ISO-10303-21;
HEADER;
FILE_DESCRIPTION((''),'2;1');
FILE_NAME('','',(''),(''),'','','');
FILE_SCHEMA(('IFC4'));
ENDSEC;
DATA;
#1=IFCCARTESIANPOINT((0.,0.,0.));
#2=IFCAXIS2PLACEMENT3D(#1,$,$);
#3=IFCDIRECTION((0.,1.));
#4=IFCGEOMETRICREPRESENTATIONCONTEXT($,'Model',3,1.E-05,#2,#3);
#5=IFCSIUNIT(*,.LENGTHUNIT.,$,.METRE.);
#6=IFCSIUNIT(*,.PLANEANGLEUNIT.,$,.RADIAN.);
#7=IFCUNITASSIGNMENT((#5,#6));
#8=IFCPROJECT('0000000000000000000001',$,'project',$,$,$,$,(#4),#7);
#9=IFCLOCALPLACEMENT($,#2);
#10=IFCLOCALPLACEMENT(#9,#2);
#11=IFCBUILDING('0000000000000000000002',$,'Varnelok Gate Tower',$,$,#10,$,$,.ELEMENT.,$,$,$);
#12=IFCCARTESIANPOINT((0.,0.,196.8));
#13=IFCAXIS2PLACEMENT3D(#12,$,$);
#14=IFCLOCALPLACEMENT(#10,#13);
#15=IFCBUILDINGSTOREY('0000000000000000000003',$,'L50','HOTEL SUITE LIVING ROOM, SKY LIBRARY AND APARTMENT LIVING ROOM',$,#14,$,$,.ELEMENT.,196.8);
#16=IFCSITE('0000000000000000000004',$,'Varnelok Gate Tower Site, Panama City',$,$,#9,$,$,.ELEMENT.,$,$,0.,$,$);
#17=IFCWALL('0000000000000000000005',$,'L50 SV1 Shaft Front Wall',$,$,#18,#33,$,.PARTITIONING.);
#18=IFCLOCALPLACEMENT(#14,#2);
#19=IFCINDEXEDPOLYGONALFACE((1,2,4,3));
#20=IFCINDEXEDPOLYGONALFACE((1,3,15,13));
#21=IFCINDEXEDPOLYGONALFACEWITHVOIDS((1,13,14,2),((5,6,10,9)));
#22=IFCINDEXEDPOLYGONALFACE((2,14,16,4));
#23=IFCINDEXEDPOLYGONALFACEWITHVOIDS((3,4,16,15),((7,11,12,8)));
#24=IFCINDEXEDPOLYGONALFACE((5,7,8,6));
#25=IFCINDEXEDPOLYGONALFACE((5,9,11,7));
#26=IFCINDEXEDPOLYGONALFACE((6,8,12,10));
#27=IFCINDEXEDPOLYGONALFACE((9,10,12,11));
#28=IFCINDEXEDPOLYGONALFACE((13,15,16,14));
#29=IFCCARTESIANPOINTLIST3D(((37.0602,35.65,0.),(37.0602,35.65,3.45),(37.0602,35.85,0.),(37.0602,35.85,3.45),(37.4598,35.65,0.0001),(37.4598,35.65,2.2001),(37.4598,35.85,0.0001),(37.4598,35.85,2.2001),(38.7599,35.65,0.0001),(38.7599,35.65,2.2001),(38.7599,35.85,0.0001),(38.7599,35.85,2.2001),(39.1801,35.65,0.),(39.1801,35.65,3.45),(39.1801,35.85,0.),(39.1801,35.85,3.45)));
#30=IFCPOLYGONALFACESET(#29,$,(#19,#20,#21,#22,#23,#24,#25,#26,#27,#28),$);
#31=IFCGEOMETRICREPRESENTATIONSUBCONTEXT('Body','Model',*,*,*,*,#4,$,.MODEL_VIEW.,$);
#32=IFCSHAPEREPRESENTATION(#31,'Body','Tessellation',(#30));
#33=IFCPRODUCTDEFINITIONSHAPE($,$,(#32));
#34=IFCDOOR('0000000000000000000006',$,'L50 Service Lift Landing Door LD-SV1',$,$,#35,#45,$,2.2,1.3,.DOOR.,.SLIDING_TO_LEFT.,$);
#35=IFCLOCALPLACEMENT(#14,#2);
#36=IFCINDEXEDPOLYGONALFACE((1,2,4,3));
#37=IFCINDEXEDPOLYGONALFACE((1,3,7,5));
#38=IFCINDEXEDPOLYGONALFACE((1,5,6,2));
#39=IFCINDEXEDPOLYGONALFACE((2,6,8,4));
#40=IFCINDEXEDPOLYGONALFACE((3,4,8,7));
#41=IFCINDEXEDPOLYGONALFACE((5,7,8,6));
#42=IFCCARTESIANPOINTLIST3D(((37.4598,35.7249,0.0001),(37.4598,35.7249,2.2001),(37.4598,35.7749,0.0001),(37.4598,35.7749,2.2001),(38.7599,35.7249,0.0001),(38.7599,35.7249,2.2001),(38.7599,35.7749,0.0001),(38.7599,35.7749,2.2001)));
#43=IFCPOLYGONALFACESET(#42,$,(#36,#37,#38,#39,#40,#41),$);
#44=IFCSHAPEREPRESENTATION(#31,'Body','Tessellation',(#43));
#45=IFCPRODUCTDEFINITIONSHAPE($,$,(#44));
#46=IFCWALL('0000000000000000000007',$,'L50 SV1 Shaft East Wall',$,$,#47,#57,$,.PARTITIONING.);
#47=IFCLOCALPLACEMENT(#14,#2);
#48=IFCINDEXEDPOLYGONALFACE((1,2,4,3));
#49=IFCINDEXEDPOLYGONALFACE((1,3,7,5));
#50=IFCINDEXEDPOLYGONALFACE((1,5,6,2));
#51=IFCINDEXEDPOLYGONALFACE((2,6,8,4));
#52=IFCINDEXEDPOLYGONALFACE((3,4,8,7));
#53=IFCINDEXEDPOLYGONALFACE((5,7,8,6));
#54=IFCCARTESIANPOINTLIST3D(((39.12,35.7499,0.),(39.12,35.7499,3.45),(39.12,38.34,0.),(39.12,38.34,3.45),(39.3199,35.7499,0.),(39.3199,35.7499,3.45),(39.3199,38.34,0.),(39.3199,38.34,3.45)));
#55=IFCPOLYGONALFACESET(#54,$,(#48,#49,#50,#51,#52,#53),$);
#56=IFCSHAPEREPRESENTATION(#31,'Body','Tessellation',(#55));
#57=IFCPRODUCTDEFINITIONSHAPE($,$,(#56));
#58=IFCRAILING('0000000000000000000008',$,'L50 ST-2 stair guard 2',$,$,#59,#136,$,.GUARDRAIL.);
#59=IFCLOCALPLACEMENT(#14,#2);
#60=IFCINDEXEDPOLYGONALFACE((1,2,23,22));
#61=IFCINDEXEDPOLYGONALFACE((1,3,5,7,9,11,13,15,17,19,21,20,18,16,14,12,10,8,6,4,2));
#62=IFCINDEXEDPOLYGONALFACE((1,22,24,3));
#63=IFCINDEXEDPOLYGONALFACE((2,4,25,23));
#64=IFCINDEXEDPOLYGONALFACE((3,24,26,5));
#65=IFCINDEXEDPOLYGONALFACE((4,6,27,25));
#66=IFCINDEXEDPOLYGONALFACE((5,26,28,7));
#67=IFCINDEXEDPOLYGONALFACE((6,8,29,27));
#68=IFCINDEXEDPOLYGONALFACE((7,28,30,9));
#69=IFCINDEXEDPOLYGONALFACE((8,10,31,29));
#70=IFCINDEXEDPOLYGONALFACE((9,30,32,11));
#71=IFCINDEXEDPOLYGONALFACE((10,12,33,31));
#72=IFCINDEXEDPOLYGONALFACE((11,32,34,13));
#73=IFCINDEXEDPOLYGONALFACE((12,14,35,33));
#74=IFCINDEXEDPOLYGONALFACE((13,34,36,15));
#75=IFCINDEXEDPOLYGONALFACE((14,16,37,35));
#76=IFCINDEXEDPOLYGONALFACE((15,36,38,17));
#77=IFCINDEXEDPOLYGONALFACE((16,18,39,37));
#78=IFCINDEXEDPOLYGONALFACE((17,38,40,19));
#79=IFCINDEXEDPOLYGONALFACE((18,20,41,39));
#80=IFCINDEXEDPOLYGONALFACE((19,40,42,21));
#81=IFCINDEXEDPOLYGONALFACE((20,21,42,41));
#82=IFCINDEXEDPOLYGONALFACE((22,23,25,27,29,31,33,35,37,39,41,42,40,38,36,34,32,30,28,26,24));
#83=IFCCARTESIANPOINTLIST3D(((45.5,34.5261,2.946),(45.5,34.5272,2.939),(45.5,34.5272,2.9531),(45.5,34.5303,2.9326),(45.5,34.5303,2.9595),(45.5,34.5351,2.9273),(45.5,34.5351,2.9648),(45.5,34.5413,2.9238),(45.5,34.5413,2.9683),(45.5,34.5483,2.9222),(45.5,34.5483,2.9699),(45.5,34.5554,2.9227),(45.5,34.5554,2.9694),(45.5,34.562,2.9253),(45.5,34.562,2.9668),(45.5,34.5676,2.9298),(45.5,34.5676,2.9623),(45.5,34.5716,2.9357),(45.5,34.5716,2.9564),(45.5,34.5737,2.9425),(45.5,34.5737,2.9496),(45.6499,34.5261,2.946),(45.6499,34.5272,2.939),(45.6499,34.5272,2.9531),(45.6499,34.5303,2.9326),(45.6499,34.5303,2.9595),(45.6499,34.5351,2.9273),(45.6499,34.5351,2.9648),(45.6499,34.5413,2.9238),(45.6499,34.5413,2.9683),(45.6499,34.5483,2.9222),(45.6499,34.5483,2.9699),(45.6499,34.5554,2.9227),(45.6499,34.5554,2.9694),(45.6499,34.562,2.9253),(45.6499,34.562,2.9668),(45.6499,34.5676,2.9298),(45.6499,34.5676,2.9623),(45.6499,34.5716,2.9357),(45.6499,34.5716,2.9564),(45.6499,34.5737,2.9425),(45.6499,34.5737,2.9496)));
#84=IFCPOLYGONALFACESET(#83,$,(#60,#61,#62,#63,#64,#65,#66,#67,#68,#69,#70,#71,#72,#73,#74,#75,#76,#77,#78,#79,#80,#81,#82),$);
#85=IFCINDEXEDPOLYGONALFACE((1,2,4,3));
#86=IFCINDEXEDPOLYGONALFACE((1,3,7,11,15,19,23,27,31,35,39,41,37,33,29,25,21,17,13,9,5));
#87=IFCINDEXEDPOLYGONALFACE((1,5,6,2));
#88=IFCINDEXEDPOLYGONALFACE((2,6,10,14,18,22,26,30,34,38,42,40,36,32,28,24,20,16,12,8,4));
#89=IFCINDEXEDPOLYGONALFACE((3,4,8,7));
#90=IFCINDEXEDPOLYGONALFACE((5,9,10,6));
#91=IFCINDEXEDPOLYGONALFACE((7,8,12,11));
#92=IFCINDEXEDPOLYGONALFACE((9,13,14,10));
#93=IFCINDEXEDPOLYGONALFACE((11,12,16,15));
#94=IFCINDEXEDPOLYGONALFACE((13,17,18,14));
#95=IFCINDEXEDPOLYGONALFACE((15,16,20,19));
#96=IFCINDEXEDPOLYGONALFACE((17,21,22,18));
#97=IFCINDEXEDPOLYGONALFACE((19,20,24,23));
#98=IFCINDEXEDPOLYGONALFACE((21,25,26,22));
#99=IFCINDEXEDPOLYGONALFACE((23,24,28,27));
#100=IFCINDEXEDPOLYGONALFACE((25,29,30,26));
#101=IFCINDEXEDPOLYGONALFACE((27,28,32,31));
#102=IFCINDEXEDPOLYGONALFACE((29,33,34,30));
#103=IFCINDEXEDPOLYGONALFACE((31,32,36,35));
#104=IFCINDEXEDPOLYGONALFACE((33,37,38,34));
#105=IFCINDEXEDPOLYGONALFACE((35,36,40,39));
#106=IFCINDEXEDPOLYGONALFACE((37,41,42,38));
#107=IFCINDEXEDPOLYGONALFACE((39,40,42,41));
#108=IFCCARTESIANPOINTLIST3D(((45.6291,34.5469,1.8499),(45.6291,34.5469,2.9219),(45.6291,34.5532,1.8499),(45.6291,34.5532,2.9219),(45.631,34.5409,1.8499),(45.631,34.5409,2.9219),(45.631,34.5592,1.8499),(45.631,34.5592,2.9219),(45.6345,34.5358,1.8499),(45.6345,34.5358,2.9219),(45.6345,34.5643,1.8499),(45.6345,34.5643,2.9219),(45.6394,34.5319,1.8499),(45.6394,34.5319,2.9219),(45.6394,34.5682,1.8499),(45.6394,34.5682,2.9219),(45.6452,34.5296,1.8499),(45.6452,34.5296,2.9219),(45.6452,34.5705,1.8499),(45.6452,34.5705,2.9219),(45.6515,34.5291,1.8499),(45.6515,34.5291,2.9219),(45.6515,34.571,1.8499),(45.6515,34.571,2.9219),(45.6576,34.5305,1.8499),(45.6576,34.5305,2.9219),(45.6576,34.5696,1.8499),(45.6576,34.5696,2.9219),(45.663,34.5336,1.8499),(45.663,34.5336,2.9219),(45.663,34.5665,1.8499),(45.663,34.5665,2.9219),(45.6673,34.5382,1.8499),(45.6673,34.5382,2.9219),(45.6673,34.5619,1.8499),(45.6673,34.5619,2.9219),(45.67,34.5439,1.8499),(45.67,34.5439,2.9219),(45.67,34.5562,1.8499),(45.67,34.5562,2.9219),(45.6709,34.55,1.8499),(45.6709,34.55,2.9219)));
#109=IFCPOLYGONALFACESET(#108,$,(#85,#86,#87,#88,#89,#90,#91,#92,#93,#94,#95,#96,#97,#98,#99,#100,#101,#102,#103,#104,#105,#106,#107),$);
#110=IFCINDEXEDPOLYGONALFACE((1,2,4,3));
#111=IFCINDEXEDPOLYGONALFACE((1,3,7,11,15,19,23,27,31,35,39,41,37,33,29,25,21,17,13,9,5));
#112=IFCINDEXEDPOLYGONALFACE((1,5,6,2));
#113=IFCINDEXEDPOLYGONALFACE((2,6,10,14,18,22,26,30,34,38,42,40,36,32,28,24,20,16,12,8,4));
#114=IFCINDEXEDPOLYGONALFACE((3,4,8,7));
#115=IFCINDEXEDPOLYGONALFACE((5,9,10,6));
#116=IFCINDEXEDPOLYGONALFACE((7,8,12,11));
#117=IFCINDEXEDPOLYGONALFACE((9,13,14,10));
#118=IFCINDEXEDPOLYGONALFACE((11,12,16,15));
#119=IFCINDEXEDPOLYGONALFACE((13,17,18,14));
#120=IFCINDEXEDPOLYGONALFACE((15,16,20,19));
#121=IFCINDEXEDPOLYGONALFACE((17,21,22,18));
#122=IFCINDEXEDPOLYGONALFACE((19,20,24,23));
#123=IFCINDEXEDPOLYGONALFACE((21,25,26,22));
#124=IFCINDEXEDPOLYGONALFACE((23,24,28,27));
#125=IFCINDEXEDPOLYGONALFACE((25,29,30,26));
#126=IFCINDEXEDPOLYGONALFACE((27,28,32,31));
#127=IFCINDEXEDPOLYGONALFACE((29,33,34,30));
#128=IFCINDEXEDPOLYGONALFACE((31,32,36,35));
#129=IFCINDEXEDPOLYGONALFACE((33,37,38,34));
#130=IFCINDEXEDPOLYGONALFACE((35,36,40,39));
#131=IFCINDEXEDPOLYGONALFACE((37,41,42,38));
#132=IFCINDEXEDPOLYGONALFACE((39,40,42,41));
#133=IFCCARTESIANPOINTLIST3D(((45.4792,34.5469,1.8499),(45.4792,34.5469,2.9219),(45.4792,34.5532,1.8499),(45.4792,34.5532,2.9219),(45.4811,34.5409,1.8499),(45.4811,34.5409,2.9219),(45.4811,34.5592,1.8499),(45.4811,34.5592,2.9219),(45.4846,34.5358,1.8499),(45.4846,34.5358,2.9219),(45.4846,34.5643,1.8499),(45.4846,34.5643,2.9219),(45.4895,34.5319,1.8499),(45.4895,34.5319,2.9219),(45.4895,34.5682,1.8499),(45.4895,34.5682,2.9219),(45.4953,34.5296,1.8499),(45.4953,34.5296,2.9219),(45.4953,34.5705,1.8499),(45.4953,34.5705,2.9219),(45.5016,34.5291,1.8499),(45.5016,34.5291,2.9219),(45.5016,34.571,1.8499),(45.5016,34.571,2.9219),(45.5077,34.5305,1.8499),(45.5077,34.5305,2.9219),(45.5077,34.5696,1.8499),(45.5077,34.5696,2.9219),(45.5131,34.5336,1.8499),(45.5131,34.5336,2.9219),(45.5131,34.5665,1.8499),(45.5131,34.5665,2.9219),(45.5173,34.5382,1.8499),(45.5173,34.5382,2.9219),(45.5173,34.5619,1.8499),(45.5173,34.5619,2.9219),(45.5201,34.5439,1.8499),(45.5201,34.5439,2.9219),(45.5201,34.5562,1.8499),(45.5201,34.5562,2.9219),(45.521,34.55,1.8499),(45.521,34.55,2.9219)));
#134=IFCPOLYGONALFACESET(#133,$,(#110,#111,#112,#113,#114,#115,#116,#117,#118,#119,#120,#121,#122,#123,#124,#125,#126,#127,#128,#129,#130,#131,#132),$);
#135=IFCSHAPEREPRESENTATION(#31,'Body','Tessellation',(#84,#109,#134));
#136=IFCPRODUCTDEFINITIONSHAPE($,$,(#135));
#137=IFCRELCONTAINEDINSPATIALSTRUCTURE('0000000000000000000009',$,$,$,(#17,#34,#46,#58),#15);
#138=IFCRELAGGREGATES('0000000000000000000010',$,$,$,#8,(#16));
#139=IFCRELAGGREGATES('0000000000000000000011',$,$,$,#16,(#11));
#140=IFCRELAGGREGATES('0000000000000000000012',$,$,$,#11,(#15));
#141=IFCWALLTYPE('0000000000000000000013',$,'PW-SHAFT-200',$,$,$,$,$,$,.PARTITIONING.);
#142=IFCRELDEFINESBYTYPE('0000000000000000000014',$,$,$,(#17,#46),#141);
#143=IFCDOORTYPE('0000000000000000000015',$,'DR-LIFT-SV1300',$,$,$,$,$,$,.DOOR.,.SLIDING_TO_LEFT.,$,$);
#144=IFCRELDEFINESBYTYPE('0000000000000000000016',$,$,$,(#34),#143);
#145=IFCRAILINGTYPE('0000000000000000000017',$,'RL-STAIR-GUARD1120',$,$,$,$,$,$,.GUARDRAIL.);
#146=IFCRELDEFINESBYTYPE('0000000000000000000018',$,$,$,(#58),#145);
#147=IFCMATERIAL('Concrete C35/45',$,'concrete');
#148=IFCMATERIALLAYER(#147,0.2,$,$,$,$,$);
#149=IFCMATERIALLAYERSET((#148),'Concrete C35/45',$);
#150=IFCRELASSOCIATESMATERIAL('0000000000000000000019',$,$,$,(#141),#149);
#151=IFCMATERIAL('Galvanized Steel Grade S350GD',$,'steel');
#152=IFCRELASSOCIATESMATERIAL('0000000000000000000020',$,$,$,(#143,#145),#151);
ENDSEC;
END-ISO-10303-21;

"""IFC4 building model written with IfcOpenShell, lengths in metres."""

from ifc_helpers import new_model, si_unit, direction, frame, frame_2d, origin, origin_2d, place, context, subcontext, project, spatial, rectangle, circle, extrude, material, layer, layer_set, type_object, element, fill, save


model = new_model("IFC4")

# Units and contexts
model_context = context("Model", 3, precision=1e-05, world=origin(), true_north=direction((0.0, 1.0)))
body_context = subcontext(model_context, "Body", "Model", "MODEL_VIEW")
ifc_project = project(units=[si_unit("LENGTHUNIT", "METRE"), si_unit("PLANEANGLEUNIT", "RADIAN")], contexts=[model_context])

# Site, building, storey
site_placement = place(None, origin())
site = spatial("IfcSite", under=ifc_project, at=site_placement, Name="Varnelok Gate Tower Site, Panama City", CompositionType="ELEMENT", RefElevation=0.0)
building_placement = place(site_placement, origin())
building = spatial("IfcBuilding", under=site, at=building_placement, Name="Varnelok Gate Tower", CompositionType="ELEMENT")
storey_placement = place(building_placement, frame((0.0, 0.0, 196.8)))
storey = spatial("IfcBuildingStorey", under=building, at=storey_placement, Name="L50", Description="HOTEL SUITE LIVING ROOM, SKY LIBRARY AND APARTMENT LIVING ROOM", CompositionType="ELEMENT", Elevation=196.8)

# Shared definitions
ifc_material_1 = material(Name="Galvanized Steel Grade S350GD", Category="steel")

# Shared definitions
ifc_material_2 = material(Name="Concrete C35/45", Category="concrete")
ifc_layer_1 = layer(ifc_material_2, 0.2)
ifc_layer_set_1 = layer_set([ifc_layer_1], Name="Concrete C35/45")
wall_type_1 = type_object("IfcWallType", Name="PW-SHAFT-200", PredefinedType="PARTITIONING", material=ifc_layer_set_1)

# Wall, opening, door
wall_1_placement = place(storey_placement, frame((37.0601, 35.75, 0.0), z_axis=(0.0, 0.0, 1.0), x_axis=(1.0, 0.0, 0.0)))
wall_1 = element("IfcWall", 1, at=wall_1_placement, inside=storey, type_object=wall_type_1, Name="L50 SV1 Shaft Front Wall", PredefinedType="PARTITIONING", context=body_context, shape_type="SweptSolid", body=[
    extrude(rectangle(XDim=2.1199, YDim=0.2, at=frame_2d((1.0601, 0.0))), origin(), (0.0, 0.0, 1.0), 3.45),
])
opening_1_placement = place(wall_1_placement, frame((0.3999, 0.0, 0.0)))
opening_1 = element("IfcOpeningElement", 2, at=opening_1_placement, cuts=wall_1, PredefinedType="OPENING", context=body_context, shape_type="SweptSolid", body=[
    extrude(rectangle(XDim=1.3, YDim=2.2, at=frame_2d((0.6499, 1.1001))), frame((0.0, 0.1099, 0.0), z_axis=(0.0, -1.0, 0.0), x_axis=(1.0, 0.0, 0.0)), (0.0, 0.0, 1.0), 0.22),
])
door_type_1 = type_object("IfcDoorType", Name="DR-LIFT-SV1300", OperationType="SLIDING_TO_LEFT", PredefinedType="DOOR", material=ifc_material_1)
door_1_placement = place(opening_1_placement, origin())
door_1 = element("IfcDoor", 3, at=door_1_placement, inside=storey, type_object=door_type_1, Name="L50 Service Lift Landing Door LD-SV1", OperationType="SLIDING_TO_LEFT", OverallHeight=2.2, OverallWidth=1.3, PredefinedType="DOOR", context=body_context, shape_type="SweptSolid", body=[
    extrude(rectangle(XDim=1.3, YDim=2.2, at=frame_2d((0.6499, 1.1001))), frame((0.0, 0.0249, 0.0), z_axis=(0.0, -1.0, 0.0), x_axis=(1.0, 0.0, 0.0)), (0.0, 0.0, 1.0), 0.05),
])
fill(opening_1, door_1)

# Wall
wall_2_placement = place(storey_placement, frame((39.22, 35.75, 0.0), z_axis=(0.0, 0.0, 1.0), x_axis=(0.0, 1.0, 0.0)))
element("IfcWall", 4, at=wall_2_placement, inside=storey, type_object=wall_type_1, Name="L50 SV1 Shaft East Wall", PredefinedType="PARTITIONING", context=body_context, shape_type="SweptSolid", body=[
    extrude(rectangle(XDim=2.5901, YDim=0.2, at=frame_2d((1.2949, 0.0))), origin(), (0.0, 0.0, 1.0), 3.45),
])

# Railing
railing_type_1 = type_object("IfcRailingType", Name="RL-STAIR-GUARD1120", PredefinedType="GUARDRAIL", material=ifc_material_1)
railing_1_placement = place(storey_placement, frame((45.6499, 34.55, 1.8499)))
element("IfcRailing", 5, at=railing_1_placement, inside=storey, type_object=railing_type_1, Name="L50 ST-2 stair guard 2", PredefinedType="GUARDRAIL", context=body_context, shape_type="SweptSolid", body=[
    extrude(circle(Radius=0.0239, at=origin_2d()), frame((0.0, 0.0, 1.0962), z_axis=(-1.0, 0.0, 0.0), x_axis=(0.0, -1.0, 0.0)), (0.0, 0.0, 1.0), 0.1499),
    extrude(circle(Radius=0.021, at=origin_2d()), origin(), (0.0, 0.0, 1.0), 1.072),
    extrude(circle(Radius=0.021, at=origin_2d()), frame((-0.1499, 0.0, 0.0)), (0.0, 0.0, 1.0), 1.072),
])

save(model, "model.ifc")
